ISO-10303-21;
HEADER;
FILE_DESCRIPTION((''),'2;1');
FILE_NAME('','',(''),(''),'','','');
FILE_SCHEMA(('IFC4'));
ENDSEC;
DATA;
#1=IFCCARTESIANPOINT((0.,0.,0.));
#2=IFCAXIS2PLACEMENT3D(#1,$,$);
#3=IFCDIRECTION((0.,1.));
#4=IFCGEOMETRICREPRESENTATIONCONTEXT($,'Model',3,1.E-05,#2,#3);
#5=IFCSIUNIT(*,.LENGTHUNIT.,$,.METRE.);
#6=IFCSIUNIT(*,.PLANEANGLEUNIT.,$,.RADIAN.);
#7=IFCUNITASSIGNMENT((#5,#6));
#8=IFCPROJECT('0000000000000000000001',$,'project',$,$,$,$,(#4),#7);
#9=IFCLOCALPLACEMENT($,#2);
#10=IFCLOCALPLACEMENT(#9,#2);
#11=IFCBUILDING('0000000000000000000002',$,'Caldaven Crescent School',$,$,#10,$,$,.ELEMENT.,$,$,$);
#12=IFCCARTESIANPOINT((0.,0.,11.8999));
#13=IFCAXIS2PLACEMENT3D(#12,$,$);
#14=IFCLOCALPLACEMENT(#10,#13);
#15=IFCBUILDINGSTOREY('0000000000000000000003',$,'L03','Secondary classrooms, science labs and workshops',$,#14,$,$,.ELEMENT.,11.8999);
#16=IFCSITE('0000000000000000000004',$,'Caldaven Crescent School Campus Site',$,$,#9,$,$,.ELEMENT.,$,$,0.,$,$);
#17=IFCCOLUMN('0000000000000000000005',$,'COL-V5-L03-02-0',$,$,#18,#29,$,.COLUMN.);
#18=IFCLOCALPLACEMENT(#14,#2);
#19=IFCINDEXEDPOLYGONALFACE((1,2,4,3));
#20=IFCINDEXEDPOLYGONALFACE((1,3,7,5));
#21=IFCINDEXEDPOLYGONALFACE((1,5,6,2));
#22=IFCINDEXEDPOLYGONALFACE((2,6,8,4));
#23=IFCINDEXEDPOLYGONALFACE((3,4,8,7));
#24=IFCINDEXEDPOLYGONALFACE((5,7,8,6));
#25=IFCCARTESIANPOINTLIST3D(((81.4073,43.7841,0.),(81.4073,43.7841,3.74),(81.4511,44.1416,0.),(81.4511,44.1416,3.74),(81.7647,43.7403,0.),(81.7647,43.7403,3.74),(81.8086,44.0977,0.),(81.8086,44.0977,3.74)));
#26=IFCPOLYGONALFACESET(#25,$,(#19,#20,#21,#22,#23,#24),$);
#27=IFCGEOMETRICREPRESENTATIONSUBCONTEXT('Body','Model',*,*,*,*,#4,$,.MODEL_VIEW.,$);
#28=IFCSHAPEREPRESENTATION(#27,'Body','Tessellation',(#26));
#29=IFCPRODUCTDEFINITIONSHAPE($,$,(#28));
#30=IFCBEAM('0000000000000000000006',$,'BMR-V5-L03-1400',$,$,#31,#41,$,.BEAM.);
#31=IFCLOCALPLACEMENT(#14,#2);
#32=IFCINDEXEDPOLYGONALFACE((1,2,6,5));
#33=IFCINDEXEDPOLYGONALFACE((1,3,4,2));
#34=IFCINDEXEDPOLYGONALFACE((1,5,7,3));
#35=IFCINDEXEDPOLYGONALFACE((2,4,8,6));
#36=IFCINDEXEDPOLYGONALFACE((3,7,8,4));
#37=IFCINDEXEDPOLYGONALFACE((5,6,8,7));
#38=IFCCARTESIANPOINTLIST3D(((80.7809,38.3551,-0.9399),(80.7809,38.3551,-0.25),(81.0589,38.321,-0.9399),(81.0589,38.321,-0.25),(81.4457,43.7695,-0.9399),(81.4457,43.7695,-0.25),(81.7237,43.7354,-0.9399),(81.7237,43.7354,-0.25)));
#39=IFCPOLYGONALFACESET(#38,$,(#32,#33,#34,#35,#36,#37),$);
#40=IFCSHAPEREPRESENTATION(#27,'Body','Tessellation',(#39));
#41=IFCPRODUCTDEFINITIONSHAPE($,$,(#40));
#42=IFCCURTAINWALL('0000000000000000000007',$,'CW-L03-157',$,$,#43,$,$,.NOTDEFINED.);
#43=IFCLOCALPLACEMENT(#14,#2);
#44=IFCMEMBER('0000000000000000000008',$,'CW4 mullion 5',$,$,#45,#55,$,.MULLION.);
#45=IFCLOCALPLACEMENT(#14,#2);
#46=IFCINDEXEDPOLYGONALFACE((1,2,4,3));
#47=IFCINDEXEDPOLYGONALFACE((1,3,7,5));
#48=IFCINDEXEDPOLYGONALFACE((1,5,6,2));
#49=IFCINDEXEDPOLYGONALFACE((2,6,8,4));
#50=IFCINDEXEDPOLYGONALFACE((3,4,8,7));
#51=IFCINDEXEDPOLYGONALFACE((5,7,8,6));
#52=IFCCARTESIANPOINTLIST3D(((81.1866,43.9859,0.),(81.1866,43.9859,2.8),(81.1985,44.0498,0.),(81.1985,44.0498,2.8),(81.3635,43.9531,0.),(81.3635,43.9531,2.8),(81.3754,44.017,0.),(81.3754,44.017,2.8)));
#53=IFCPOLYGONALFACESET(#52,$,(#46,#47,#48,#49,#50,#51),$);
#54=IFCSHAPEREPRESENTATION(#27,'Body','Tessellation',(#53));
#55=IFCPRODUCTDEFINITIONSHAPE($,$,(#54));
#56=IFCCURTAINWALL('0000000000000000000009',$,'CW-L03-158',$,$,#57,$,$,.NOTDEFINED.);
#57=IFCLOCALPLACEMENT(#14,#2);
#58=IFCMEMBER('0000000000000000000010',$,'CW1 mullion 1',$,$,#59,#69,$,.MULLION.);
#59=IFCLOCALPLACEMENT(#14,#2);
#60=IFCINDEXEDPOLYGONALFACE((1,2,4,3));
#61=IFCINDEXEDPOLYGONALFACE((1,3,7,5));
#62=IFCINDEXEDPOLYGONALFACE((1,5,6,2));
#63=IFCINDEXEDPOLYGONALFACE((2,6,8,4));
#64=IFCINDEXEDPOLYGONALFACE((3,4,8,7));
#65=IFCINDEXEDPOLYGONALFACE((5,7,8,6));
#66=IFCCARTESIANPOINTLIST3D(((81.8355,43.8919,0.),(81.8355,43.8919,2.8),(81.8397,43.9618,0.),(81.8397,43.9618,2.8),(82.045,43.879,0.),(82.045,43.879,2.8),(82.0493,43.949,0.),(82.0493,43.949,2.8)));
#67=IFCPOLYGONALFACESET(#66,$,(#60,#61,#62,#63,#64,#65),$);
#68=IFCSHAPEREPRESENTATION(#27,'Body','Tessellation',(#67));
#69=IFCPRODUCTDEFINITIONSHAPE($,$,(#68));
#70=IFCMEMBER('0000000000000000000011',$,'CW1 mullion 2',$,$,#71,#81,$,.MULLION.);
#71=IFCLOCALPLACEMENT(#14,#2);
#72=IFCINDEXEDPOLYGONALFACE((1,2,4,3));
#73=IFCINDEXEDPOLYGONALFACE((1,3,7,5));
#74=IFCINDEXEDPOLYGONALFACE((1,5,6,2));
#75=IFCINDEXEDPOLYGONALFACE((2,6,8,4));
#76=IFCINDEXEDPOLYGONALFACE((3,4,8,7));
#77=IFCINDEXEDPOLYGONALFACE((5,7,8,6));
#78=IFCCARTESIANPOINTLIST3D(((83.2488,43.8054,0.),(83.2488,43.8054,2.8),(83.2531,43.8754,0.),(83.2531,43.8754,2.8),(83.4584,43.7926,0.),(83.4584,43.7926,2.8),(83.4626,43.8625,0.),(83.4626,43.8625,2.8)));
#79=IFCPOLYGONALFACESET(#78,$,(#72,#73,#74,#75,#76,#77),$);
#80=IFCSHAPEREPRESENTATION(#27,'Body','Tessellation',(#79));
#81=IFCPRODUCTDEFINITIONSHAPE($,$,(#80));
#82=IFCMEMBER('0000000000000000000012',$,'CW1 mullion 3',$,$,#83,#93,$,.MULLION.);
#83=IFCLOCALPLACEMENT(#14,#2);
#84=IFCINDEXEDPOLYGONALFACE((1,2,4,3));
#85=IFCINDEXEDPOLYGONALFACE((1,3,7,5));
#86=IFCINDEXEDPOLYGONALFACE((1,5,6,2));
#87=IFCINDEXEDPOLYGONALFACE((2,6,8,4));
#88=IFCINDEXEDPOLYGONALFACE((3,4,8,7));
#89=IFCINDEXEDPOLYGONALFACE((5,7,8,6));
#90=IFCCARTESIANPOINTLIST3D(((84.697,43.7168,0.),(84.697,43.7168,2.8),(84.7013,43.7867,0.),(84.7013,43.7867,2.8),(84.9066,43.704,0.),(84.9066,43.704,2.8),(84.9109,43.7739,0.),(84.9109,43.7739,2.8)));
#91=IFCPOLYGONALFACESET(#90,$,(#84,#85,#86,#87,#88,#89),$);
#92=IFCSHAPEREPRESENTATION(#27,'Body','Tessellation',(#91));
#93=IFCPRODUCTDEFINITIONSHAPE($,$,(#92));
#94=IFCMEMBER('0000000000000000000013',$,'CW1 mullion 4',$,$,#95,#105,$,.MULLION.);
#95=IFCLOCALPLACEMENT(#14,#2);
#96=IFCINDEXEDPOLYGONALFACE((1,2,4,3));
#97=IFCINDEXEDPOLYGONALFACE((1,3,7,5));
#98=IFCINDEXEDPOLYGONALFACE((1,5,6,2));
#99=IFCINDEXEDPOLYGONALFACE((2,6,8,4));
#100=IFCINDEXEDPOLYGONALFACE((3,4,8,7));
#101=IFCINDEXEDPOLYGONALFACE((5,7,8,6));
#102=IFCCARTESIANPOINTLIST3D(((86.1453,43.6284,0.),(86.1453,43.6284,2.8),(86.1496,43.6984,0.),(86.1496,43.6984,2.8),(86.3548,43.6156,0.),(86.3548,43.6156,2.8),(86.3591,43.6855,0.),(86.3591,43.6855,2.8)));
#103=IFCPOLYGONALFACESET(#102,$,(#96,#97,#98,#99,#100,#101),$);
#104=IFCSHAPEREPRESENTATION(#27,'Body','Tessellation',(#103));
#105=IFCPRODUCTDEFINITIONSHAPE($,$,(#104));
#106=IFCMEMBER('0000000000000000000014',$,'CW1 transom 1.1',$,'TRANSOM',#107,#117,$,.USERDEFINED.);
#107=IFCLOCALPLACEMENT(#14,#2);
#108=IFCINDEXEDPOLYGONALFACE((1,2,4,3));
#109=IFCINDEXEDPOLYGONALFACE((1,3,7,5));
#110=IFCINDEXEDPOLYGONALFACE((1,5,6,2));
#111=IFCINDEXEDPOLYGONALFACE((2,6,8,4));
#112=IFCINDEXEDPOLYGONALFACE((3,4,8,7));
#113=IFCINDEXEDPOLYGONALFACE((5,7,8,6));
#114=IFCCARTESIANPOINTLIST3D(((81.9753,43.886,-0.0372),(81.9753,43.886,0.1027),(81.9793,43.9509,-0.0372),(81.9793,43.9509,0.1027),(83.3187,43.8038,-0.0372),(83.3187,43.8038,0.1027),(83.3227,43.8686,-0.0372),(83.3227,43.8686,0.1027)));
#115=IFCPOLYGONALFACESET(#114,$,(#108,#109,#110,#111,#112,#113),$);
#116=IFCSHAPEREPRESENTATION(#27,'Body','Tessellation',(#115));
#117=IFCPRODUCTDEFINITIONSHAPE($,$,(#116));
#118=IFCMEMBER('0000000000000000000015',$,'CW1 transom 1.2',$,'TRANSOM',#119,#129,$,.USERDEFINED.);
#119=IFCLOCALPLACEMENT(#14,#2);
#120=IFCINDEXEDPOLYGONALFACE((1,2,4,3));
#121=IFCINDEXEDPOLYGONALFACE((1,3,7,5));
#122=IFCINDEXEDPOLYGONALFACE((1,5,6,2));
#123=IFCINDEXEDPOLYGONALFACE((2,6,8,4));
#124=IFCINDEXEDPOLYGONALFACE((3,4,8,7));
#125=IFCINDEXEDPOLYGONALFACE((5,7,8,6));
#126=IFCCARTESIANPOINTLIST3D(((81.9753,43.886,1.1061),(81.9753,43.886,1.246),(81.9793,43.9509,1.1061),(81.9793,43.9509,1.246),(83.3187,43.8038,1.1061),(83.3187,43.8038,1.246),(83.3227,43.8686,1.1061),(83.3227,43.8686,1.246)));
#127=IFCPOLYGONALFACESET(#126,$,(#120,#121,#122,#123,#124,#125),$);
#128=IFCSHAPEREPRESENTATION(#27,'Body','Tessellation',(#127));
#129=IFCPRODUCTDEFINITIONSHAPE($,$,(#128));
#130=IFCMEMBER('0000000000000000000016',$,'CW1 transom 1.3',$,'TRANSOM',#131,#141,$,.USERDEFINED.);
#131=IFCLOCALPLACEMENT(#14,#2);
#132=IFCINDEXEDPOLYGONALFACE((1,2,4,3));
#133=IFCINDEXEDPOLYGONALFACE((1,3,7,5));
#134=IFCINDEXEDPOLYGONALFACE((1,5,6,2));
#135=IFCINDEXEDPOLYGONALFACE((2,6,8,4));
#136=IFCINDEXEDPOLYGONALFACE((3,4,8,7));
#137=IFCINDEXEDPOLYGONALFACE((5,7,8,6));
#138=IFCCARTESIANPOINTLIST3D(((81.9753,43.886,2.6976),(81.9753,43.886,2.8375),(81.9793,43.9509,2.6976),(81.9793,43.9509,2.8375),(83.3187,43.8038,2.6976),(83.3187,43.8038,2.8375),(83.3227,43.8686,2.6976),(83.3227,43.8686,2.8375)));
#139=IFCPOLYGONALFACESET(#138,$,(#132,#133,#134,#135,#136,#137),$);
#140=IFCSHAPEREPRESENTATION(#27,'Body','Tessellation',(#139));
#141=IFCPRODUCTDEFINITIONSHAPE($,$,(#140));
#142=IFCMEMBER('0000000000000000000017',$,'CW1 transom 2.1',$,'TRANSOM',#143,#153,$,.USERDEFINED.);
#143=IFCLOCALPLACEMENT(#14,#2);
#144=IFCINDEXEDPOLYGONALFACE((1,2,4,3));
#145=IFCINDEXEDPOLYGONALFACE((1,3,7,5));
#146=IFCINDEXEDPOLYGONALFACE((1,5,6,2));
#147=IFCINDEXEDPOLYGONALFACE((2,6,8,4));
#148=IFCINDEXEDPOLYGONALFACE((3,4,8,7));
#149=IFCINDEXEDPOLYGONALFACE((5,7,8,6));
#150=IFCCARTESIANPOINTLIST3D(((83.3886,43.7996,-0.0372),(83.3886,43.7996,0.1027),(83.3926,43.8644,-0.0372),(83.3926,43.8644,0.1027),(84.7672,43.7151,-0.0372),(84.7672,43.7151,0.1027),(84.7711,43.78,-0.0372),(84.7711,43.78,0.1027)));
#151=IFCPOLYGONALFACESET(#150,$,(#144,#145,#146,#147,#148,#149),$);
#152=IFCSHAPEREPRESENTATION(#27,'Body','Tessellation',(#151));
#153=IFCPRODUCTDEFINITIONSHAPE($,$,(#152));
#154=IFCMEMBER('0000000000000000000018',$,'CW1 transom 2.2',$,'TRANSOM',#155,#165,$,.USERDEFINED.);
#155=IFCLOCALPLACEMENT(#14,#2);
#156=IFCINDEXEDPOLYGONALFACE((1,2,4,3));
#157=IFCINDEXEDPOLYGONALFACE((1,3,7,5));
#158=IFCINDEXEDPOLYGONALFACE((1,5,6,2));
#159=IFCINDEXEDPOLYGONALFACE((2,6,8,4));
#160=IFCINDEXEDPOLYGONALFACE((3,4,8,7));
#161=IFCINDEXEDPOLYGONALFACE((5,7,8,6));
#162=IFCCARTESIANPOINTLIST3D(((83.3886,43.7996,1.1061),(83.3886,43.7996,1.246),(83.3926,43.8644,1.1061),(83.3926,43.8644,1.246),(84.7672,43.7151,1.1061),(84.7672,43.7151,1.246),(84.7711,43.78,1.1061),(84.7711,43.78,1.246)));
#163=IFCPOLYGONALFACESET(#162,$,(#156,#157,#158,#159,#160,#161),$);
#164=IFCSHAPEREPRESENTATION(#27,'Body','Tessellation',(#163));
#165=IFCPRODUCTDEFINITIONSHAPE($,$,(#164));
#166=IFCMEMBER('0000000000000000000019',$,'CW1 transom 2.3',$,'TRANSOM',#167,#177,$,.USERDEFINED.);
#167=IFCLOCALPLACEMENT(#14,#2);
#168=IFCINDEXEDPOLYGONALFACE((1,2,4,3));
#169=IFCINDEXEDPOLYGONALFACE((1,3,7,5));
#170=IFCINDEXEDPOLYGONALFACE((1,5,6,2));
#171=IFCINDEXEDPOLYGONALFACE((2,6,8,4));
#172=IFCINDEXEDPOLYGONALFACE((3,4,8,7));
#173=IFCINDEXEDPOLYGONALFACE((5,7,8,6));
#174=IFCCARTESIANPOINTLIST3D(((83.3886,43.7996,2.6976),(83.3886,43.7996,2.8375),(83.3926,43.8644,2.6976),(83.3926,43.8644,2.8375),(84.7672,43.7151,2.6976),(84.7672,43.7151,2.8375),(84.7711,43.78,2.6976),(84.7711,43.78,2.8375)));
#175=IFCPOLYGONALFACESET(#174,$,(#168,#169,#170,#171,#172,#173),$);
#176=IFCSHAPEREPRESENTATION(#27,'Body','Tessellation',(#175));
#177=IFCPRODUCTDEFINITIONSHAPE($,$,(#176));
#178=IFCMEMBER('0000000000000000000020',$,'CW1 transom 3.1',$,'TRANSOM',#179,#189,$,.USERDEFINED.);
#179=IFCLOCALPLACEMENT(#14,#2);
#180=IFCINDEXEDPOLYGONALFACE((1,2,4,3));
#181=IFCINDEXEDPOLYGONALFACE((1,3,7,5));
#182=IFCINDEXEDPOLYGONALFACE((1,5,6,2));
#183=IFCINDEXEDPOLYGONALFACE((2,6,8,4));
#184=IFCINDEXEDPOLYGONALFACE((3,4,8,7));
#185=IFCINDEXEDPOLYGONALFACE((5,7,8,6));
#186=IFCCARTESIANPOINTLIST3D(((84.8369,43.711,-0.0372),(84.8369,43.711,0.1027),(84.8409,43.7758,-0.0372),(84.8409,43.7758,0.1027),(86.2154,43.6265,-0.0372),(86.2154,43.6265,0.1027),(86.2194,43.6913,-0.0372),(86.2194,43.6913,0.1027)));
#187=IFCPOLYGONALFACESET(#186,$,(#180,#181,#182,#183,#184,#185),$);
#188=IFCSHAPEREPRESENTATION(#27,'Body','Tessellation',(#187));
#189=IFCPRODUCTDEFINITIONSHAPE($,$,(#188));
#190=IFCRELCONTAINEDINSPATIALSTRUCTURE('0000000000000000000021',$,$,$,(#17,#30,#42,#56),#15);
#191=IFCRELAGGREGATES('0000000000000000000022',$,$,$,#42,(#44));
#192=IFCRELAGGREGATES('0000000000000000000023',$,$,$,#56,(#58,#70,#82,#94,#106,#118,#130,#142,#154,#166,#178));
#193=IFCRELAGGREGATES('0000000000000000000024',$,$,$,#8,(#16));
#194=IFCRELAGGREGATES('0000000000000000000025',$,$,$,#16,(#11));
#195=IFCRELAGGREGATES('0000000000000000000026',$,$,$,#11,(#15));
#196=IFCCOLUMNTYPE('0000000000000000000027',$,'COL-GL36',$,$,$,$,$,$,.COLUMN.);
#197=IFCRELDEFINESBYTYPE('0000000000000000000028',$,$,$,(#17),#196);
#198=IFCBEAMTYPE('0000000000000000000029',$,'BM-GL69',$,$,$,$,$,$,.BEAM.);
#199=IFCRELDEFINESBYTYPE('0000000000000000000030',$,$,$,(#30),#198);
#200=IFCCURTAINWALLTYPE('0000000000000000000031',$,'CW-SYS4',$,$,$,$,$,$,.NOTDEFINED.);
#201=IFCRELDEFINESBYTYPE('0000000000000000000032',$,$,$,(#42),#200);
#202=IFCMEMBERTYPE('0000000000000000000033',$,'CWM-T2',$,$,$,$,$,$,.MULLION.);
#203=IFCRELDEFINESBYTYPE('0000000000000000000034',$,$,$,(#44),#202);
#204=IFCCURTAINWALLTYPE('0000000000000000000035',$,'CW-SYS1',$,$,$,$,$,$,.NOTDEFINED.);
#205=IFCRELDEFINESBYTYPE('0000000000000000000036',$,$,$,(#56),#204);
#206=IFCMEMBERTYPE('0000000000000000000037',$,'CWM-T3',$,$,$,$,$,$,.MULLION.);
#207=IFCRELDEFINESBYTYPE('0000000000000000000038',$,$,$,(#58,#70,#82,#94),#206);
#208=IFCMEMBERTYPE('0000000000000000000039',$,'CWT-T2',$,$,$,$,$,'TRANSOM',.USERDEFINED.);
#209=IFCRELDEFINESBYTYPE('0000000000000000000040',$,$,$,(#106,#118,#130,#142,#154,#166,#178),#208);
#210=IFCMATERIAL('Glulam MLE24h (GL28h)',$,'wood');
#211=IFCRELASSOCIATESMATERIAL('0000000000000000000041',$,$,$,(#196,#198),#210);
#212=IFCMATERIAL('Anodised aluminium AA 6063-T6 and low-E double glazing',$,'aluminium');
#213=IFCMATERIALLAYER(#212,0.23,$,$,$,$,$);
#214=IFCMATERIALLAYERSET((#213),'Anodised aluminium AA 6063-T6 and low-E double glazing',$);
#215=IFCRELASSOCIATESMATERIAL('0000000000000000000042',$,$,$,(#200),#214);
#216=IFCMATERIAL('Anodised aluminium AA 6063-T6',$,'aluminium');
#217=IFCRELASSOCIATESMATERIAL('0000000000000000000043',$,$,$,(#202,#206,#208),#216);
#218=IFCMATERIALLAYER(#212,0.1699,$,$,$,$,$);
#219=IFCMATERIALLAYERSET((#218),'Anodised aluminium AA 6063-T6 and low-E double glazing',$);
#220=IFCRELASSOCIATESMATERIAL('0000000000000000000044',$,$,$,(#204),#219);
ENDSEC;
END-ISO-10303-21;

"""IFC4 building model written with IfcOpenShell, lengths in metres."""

from ifc_helpers import new_model, si_unit, direction, frame, origin, origin_2d, place, context, subcontext, project, spatial, rectangle, extrude, material, layer, layer_set, material_profile, profile_set, type_object, element, aggregate, save


model = new_model("IFC4")

# Units and contexts
model_context = context("Model", 3, precision=1e-05, world=origin(), true_north=direction((0.0, 1.0)))
body_context = subcontext(model_context, "Body", "Model", "MODEL_VIEW")
ifc_project = project(units=[si_unit("LENGTHUNIT", "METRE"), si_unit("PLANEANGLEUNIT", "RADIAN")], contexts=[model_context])

# Site, building, storey
site_placement = place(None, origin())
site = spatial("IfcSite", under=ifc_project, at=site_placement, Name="Caldaven Crescent School Campus Site", CompositionType="ELEMENT", RefElevation=0.0)
building_placement = place(site_placement, origin())
building = spatial("IfcBuilding", under=site, at=building_placement, Name="Caldaven Crescent School", CompositionType="ELEMENT")
storey_placement = place(building_placement, frame((0.0, 0.0, 11.8999)))
storey = spatial("IfcBuildingStorey", under=building, at=storey_placement, Name="L03", Description="Secondary classrooms, science labs and workshops", CompositionType="ELEMENT", Elevation=11.8999)

# Column
ifc_material_1 = material(Name="Glulam MLE24h (GL28h)", Category="wood")
ifc_material_profile_1 = material_profile(ifc_material_1, rectangle(XDim=0.3601, YDim=0.3601, at=origin_2d()), Name="MLE 360x360")
ifc_profile_set_1 = profile_set([ifc_material_profile_1], Name="Glulam MLE24h (GL28h)")
column_type = type_object("IfcColumnType", Name="COL-GL36", PredefinedType="COLUMN", material=ifc_profile_set_1)
column_placement = place(storey_placement, frame((81.6079, 43.9409, 0.0), z_axis=(0.0, 0.0, 1.0), x_axis=(-0.121869, -0.992546, 0.0)))
element("IfcColumn", 1, at=column_placement, inside=storey, type_object=column_type, Name="COL-V5-L03-02-0", PredefinedType="COLUMN", context=body_context, shape_type="SweptSolid", body=[
    extrude(rectangle(XDim=0.3601, YDim=0.3601, at=origin_2d()), origin(), (0.0, 0.0, 1.0), 3.74),
])

# Beam
ifc_material_profile_2 = material_profile(ifc_material_1, rectangle(XDim=0.28, YDim=0.6899, at=origin_2d()), Name="MLE 280x690")
ifc_profile_set_2 = profile_set([ifc_material_profile_2], Name="Glulam MLE24h (GL28h)")
beam_type_1 = type_object("IfcBeamType", Name="BM-GL69", PredefinedType="BEAM", material=ifc_profile_set_2)
beam_1_placement = place(storey_placement, frame((81.5847, 43.7524, -0.595), z_axis=(-0.12187, -0.992546, 0.0), x_axis=(0.992546, -0.12187, 0.0)))
element("IfcBeam", 2, at=beam_1_placement, inside=storey, type_object=beam_type_1, Name="BMR-V5-L03-1400", PredefinedType="BEAM", context=body_context, shape_type="SweptSolid", body=[
    extrude(rectangle(XDim=0.28, YDim=0.6899, at=origin_2d()), origin(), (0.0, 0.0, 1.0), 5.4551),
])

# Curtain wall, member
ifc_material_2 = material(Name="Anodised aluminium AA 6063-T6 and low-E double glazing", Category="aluminium")
ifc_layer_1 = layer(ifc_material_2, 0.23)
ifc_layer_set_1 = layer_set([ifc_layer_1], Name="Anodised aluminium AA 6063-T6 and low-E double glazing")
curtain_wall_type_1 = type_object("IfcCurtainWallType", Name="CW-SYS4", PredefinedType="NOTDEFINED", material=ifc_layer_set_1)
curtain_wall_1_placement = place(storey_placement, origin())
curtain_wall_1 = element("IfcCurtainWall", 3, at=curtain_wall_1_placement, inside=storey, type_object=curtain_wall_type_1, Name="CW-L03-157", PredefinedType="NOTDEFINED")
ifc_material_3 = material(Name="Anodised aluminium AA 6063-T6", Category="aluminium")
ifc_material_profile_3 = material_profile(ifc_material_3, rectangle(XDim=0.0649, YDim=0.1799, at=origin_2d()), Name="CWM 65x180")
ifc_profile_set_3 = profile_set([ifc_material_profile_3], Name="Anodised aluminium AA 6063-T6")
member_type_1 = type_object("IfcMemberType", Name="CWM-T2", PredefinedType="MULLION", material=ifc_profile_set_3)
member_1_placement = place(storey_placement, frame((81.281, 44.0015, 0.0), z_axis=(0.0, 0.0, 1.0), x_axis=(0.182236, 0.983255, 0.0)))
member_1 = element("IfcMember", 4, at=member_1_placement, type_object=member_type_1, Name="CW4 mullion 5", PredefinedType="MULLION", context=body_context, shape_type="SweptSolid", body=[
    extrude(rectangle(XDim=0.0649, YDim=0.1799, at=origin_2d()), origin(), (0.0, 0.0, 1.0), 2.8),
])
aggregate(curtain_wall_1, [member_1])

# Curtain wall, members
ifc_layer_2 = layer(ifc_material_2, 0.1699)
ifc_layer_set_2 = layer_set([ifc_layer_2], Name="Anodised aluminium AA 6063-T6 and low-E double glazing")
curtain_wall_type_2 = type_object("IfcCurtainWallType", Name="CW-SYS1", PredefinedType="NOTDEFINED", material=ifc_layer_set_2)
curtain_wall_2_placement = place(storey_placement, origin())
curtain_wall_2 = element("IfcCurtainWall", 5, at=curtain_wall_2_placement, inside=storey, type_object=curtain_wall_type_2, Name="CW-L03-158", PredefinedType="NOTDEFINED")
ifc_material_profile_4 = material_profile(ifc_material_3, rectangle(XDim=0.0701, YDim=0.21, at=origin_2d()), Name="CWM 70x210")
ifc_profile_set_4 = profile_set([ifc_material_profile_4], Name="Anodised aluminium AA 6063-T6")
member_type_2 = type_object("IfcMemberType", Name="CWM-T3", PredefinedType="MULLION", material=ifc_profile_set_4)
member_2_placement = place(storey_placement, frame((81.9424, 43.9204, 0.0), z_axis=(0.0, 0.0, 1.0), x_axis=(0.061049, 0.998135, 0.0)))
member_2 = element("IfcMember", 6, at=member_2_placement, type_object=member_type_2, Name="CW1 mullion 1", PredefinedType="MULLION", context=body_context, shape_type="SweptSolid", body=[
    extrude(rectangle(XDim=0.0701, YDim=0.21, at=origin_2d()), origin(), (0.0, 0.0, 1.0), 2.8),
])
member_3_placement = place(storey_placement, frame((83.3557, 43.834, 0.0), z_axis=(0.0, 0.0, 1.0), x_axis=(0.061049, 0.998135, 0.0)))
member_3 = element("IfcMember", 7, at=member_3_placement, type_object=member_type_2, Name="CW1 mullion 2", PredefinedType="MULLION", context=body_context, shape_type="SweptSolid", body=[
    extrude(rectangle(XDim=0.0701, YDim=0.21, at=origin_2d()), origin(), (0.0, 0.0, 1.0), 2.8),
])
member_4_placement = place(storey_placement, frame((84.804, 43.7454, 0.0), z_axis=(0.0, 0.0, 1.0), x_axis=(0.061049, 0.998135, 0.0)))
member_4 = element("IfcMember", 8, at=member_4_placement, type_object=member_type_2, Name="CW1 mullion 3", PredefinedType="MULLION", context=body_context, shape_type="SweptSolid", body=[
    extrude(rectangle(XDim=0.0701, YDim=0.21, at=origin_2d()), origin(), (0.0, 0.0, 1.0), 2.8),
])
member_5_placement = place(storey_placement, frame((86.2522, 43.657, 0.0), z_axis=(0.0, 0.0, 1.0), x_axis=(0.061049, 0.998135, 0.0)))
member_5 = element("IfcMember", 9, at=member_5_placement, type_object=member_type_2, Name="CW1 mullion 4", PredefinedType="MULLION", context=body_context, shape_type="SweptSolid", body=[
    extrude(rectangle(XDim=0.0701, YDim=0.21, at=origin_2d()), origin(), (0.0, 0.0, 1.0), 2.8),
])
ifc_material_profile_5 = material_profile(ifc_material_3, rectangle(XDim=0.0649, YDim=0.1399, at=origin_2d()), Name="CWT 65x140")
ifc_profile_set_5 = profile_set([ifc_material_profile_5], Name="Anodised aluminium AA 6063-T6")
member_type_3 = type_object("IfcMemberType", Name="CWT-T2", ElementType="TRANSOM", PredefinedType="USERDEFINED", material=ifc_profile_set_5)
member_6_placement = place(storey_placement, frame((81.9773, 43.9185, 0.0327), z_axis=(0.99813, -0.061125, 0.0), x_axis=(0.061125, 0.99813, 0.0)))
member_6 = element("IfcMember", 10, at=member_6_placement, type_object=member_type_3, Name="CW1 transom 1.1", ObjectType="TRANSOM", PredefinedType="USERDEFINED", context=body_context, shape_type="SweptSolid", body=[
    extrude(rectangle(XDim=0.0649, YDim=0.1399, at=origin_2d()), origin(), (0.0, 0.0, 1.0), 1.3459),
])
member_7_placement = place(storey_placement, frame((81.9773, 43.9185, 1.176), z_axis=(0.99813, -0.061125, 0.0), x_axis=(0.061125, 0.99813, 0.0)))
member_7 = element("IfcMember", 11, at=member_7_placement, type_object=member_type_3, Name="CW1 transom 1.2", ObjectType="TRANSOM", PredefinedType="USERDEFINED", context=body_context, shape_type="SweptSolid", body=[
    extrude(rectangle(XDim=0.0649, YDim=0.1399, at=origin_2d()), origin(), (0.0, 0.0, 1.0), 1.3459),
])
member_8_placement = place(storey_placement, frame((81.9773, 43.9185, 2.7676), z_axis=(0.99813, -0.061125, 0.0), x_axis=(0.061125, 0.99813, 0.0)))
member_8 = element("IfcMember", 12, at=member_8_placement, type_object=member_type_3, Name="CW1 transom 1.3", ObjectType="TRANSOM", PredefinedType="USERDEFINED", context=body_context, shape_type="SweptSolid", body=[
    extrude(rectangle(XDim=0.0649, YDim=0.1399, at=origin_2d()), origin(), (0.0, 0.0, 1.0), 1.3459),
])
member_9_placement = place(storey_placement, frame((83.3906, 43.832, 0.0327), z_axis=(0.998128, -0.061168, 0.0), x_axis=(0.061168, 0.998128, 0.0)))
member_9 = element("IfcMember", 13, at=member_9_placement, type_object=member_type_3, Name="CW1 transom 2.1", ObjectType="TRANSOM", PredefinedType="USERDEFINED", context=body_context, shape_type="SweptSolid", body=[
    extrude(rectangle(XDim=0.0649, YDim=0.1399, at=origin_2d()), origin(), (0.0, 0.0, 1.0), 1.3811),
])
member_10_placement = place(storey_placement, frame((83.3906, 43.832, 1.176), z_axis=(0.998128, -0.061168, 0.0), x_axis=(0.061168, 0.998128, 0.0)))
member_10 = element("IfcMember", 14, at=member_10_placement, type_object=member_type_3, Name="CW1 transom 2.2", ObjectType="TRANSOM", PredefinedType="USERDEFINED", context=body_context, shape_type="SweptSolid", body=[
    extrude(rectangle(XDim=0.0649, YDim=0.1399, at=origin_2d()), origin(), (0.0, 0.0, 1.0), 1.3811),
])
member_11_placement = place(storey_placement, frame((83.3906, 43.832, 2.7676), z_axis=(0.998128, -0.061168, 0.0), x_axis=(0.061168, 0.998128, 0.0)))
member_11 = element("IfcMember", 15, at=member_11_placement, type_object=member_type_3, Name="CW1 transom 2.3", ObjectType="TRANSOM", PredefinedType="USERDEFINED", context=body_context, shape_type="SweptSolid", body=[
    extrude(rectangle(XDim=0.0649, YDim=0.1399, at=origin_2d()), origin(), (0.0, 0.0, 1.0), 1.3811),
])
member_12_placement = place(storey_placement, frame((84.8389, 43.7434, 0.0327), z_axis=(0.998128, -0.061168, 0.0), x_axis=(0.061168, 0.998128, 0.0)))
member_12 = element("IfcMember", 16, at=member_12_placement, type_object=member_type_3, Name="CW1 transom 3.1", ObjectType="TRANSOM", PredefinedType="USERDEFINED", context=body_context, shape_type="SweptSolid", body=[
    extrude(rectangle(XDim=0.0649, YDim=0.1399, at=origin_2d()), origin(), (0.0, 0.0, 1.0), 1.3811),
])

aggregate(curtain_wall_2, [member_2, member_3, member_4, member_5, member_6, member_7, member_8, member_9, member_10, member_11, member_12])

save(model, "model.ifc")
